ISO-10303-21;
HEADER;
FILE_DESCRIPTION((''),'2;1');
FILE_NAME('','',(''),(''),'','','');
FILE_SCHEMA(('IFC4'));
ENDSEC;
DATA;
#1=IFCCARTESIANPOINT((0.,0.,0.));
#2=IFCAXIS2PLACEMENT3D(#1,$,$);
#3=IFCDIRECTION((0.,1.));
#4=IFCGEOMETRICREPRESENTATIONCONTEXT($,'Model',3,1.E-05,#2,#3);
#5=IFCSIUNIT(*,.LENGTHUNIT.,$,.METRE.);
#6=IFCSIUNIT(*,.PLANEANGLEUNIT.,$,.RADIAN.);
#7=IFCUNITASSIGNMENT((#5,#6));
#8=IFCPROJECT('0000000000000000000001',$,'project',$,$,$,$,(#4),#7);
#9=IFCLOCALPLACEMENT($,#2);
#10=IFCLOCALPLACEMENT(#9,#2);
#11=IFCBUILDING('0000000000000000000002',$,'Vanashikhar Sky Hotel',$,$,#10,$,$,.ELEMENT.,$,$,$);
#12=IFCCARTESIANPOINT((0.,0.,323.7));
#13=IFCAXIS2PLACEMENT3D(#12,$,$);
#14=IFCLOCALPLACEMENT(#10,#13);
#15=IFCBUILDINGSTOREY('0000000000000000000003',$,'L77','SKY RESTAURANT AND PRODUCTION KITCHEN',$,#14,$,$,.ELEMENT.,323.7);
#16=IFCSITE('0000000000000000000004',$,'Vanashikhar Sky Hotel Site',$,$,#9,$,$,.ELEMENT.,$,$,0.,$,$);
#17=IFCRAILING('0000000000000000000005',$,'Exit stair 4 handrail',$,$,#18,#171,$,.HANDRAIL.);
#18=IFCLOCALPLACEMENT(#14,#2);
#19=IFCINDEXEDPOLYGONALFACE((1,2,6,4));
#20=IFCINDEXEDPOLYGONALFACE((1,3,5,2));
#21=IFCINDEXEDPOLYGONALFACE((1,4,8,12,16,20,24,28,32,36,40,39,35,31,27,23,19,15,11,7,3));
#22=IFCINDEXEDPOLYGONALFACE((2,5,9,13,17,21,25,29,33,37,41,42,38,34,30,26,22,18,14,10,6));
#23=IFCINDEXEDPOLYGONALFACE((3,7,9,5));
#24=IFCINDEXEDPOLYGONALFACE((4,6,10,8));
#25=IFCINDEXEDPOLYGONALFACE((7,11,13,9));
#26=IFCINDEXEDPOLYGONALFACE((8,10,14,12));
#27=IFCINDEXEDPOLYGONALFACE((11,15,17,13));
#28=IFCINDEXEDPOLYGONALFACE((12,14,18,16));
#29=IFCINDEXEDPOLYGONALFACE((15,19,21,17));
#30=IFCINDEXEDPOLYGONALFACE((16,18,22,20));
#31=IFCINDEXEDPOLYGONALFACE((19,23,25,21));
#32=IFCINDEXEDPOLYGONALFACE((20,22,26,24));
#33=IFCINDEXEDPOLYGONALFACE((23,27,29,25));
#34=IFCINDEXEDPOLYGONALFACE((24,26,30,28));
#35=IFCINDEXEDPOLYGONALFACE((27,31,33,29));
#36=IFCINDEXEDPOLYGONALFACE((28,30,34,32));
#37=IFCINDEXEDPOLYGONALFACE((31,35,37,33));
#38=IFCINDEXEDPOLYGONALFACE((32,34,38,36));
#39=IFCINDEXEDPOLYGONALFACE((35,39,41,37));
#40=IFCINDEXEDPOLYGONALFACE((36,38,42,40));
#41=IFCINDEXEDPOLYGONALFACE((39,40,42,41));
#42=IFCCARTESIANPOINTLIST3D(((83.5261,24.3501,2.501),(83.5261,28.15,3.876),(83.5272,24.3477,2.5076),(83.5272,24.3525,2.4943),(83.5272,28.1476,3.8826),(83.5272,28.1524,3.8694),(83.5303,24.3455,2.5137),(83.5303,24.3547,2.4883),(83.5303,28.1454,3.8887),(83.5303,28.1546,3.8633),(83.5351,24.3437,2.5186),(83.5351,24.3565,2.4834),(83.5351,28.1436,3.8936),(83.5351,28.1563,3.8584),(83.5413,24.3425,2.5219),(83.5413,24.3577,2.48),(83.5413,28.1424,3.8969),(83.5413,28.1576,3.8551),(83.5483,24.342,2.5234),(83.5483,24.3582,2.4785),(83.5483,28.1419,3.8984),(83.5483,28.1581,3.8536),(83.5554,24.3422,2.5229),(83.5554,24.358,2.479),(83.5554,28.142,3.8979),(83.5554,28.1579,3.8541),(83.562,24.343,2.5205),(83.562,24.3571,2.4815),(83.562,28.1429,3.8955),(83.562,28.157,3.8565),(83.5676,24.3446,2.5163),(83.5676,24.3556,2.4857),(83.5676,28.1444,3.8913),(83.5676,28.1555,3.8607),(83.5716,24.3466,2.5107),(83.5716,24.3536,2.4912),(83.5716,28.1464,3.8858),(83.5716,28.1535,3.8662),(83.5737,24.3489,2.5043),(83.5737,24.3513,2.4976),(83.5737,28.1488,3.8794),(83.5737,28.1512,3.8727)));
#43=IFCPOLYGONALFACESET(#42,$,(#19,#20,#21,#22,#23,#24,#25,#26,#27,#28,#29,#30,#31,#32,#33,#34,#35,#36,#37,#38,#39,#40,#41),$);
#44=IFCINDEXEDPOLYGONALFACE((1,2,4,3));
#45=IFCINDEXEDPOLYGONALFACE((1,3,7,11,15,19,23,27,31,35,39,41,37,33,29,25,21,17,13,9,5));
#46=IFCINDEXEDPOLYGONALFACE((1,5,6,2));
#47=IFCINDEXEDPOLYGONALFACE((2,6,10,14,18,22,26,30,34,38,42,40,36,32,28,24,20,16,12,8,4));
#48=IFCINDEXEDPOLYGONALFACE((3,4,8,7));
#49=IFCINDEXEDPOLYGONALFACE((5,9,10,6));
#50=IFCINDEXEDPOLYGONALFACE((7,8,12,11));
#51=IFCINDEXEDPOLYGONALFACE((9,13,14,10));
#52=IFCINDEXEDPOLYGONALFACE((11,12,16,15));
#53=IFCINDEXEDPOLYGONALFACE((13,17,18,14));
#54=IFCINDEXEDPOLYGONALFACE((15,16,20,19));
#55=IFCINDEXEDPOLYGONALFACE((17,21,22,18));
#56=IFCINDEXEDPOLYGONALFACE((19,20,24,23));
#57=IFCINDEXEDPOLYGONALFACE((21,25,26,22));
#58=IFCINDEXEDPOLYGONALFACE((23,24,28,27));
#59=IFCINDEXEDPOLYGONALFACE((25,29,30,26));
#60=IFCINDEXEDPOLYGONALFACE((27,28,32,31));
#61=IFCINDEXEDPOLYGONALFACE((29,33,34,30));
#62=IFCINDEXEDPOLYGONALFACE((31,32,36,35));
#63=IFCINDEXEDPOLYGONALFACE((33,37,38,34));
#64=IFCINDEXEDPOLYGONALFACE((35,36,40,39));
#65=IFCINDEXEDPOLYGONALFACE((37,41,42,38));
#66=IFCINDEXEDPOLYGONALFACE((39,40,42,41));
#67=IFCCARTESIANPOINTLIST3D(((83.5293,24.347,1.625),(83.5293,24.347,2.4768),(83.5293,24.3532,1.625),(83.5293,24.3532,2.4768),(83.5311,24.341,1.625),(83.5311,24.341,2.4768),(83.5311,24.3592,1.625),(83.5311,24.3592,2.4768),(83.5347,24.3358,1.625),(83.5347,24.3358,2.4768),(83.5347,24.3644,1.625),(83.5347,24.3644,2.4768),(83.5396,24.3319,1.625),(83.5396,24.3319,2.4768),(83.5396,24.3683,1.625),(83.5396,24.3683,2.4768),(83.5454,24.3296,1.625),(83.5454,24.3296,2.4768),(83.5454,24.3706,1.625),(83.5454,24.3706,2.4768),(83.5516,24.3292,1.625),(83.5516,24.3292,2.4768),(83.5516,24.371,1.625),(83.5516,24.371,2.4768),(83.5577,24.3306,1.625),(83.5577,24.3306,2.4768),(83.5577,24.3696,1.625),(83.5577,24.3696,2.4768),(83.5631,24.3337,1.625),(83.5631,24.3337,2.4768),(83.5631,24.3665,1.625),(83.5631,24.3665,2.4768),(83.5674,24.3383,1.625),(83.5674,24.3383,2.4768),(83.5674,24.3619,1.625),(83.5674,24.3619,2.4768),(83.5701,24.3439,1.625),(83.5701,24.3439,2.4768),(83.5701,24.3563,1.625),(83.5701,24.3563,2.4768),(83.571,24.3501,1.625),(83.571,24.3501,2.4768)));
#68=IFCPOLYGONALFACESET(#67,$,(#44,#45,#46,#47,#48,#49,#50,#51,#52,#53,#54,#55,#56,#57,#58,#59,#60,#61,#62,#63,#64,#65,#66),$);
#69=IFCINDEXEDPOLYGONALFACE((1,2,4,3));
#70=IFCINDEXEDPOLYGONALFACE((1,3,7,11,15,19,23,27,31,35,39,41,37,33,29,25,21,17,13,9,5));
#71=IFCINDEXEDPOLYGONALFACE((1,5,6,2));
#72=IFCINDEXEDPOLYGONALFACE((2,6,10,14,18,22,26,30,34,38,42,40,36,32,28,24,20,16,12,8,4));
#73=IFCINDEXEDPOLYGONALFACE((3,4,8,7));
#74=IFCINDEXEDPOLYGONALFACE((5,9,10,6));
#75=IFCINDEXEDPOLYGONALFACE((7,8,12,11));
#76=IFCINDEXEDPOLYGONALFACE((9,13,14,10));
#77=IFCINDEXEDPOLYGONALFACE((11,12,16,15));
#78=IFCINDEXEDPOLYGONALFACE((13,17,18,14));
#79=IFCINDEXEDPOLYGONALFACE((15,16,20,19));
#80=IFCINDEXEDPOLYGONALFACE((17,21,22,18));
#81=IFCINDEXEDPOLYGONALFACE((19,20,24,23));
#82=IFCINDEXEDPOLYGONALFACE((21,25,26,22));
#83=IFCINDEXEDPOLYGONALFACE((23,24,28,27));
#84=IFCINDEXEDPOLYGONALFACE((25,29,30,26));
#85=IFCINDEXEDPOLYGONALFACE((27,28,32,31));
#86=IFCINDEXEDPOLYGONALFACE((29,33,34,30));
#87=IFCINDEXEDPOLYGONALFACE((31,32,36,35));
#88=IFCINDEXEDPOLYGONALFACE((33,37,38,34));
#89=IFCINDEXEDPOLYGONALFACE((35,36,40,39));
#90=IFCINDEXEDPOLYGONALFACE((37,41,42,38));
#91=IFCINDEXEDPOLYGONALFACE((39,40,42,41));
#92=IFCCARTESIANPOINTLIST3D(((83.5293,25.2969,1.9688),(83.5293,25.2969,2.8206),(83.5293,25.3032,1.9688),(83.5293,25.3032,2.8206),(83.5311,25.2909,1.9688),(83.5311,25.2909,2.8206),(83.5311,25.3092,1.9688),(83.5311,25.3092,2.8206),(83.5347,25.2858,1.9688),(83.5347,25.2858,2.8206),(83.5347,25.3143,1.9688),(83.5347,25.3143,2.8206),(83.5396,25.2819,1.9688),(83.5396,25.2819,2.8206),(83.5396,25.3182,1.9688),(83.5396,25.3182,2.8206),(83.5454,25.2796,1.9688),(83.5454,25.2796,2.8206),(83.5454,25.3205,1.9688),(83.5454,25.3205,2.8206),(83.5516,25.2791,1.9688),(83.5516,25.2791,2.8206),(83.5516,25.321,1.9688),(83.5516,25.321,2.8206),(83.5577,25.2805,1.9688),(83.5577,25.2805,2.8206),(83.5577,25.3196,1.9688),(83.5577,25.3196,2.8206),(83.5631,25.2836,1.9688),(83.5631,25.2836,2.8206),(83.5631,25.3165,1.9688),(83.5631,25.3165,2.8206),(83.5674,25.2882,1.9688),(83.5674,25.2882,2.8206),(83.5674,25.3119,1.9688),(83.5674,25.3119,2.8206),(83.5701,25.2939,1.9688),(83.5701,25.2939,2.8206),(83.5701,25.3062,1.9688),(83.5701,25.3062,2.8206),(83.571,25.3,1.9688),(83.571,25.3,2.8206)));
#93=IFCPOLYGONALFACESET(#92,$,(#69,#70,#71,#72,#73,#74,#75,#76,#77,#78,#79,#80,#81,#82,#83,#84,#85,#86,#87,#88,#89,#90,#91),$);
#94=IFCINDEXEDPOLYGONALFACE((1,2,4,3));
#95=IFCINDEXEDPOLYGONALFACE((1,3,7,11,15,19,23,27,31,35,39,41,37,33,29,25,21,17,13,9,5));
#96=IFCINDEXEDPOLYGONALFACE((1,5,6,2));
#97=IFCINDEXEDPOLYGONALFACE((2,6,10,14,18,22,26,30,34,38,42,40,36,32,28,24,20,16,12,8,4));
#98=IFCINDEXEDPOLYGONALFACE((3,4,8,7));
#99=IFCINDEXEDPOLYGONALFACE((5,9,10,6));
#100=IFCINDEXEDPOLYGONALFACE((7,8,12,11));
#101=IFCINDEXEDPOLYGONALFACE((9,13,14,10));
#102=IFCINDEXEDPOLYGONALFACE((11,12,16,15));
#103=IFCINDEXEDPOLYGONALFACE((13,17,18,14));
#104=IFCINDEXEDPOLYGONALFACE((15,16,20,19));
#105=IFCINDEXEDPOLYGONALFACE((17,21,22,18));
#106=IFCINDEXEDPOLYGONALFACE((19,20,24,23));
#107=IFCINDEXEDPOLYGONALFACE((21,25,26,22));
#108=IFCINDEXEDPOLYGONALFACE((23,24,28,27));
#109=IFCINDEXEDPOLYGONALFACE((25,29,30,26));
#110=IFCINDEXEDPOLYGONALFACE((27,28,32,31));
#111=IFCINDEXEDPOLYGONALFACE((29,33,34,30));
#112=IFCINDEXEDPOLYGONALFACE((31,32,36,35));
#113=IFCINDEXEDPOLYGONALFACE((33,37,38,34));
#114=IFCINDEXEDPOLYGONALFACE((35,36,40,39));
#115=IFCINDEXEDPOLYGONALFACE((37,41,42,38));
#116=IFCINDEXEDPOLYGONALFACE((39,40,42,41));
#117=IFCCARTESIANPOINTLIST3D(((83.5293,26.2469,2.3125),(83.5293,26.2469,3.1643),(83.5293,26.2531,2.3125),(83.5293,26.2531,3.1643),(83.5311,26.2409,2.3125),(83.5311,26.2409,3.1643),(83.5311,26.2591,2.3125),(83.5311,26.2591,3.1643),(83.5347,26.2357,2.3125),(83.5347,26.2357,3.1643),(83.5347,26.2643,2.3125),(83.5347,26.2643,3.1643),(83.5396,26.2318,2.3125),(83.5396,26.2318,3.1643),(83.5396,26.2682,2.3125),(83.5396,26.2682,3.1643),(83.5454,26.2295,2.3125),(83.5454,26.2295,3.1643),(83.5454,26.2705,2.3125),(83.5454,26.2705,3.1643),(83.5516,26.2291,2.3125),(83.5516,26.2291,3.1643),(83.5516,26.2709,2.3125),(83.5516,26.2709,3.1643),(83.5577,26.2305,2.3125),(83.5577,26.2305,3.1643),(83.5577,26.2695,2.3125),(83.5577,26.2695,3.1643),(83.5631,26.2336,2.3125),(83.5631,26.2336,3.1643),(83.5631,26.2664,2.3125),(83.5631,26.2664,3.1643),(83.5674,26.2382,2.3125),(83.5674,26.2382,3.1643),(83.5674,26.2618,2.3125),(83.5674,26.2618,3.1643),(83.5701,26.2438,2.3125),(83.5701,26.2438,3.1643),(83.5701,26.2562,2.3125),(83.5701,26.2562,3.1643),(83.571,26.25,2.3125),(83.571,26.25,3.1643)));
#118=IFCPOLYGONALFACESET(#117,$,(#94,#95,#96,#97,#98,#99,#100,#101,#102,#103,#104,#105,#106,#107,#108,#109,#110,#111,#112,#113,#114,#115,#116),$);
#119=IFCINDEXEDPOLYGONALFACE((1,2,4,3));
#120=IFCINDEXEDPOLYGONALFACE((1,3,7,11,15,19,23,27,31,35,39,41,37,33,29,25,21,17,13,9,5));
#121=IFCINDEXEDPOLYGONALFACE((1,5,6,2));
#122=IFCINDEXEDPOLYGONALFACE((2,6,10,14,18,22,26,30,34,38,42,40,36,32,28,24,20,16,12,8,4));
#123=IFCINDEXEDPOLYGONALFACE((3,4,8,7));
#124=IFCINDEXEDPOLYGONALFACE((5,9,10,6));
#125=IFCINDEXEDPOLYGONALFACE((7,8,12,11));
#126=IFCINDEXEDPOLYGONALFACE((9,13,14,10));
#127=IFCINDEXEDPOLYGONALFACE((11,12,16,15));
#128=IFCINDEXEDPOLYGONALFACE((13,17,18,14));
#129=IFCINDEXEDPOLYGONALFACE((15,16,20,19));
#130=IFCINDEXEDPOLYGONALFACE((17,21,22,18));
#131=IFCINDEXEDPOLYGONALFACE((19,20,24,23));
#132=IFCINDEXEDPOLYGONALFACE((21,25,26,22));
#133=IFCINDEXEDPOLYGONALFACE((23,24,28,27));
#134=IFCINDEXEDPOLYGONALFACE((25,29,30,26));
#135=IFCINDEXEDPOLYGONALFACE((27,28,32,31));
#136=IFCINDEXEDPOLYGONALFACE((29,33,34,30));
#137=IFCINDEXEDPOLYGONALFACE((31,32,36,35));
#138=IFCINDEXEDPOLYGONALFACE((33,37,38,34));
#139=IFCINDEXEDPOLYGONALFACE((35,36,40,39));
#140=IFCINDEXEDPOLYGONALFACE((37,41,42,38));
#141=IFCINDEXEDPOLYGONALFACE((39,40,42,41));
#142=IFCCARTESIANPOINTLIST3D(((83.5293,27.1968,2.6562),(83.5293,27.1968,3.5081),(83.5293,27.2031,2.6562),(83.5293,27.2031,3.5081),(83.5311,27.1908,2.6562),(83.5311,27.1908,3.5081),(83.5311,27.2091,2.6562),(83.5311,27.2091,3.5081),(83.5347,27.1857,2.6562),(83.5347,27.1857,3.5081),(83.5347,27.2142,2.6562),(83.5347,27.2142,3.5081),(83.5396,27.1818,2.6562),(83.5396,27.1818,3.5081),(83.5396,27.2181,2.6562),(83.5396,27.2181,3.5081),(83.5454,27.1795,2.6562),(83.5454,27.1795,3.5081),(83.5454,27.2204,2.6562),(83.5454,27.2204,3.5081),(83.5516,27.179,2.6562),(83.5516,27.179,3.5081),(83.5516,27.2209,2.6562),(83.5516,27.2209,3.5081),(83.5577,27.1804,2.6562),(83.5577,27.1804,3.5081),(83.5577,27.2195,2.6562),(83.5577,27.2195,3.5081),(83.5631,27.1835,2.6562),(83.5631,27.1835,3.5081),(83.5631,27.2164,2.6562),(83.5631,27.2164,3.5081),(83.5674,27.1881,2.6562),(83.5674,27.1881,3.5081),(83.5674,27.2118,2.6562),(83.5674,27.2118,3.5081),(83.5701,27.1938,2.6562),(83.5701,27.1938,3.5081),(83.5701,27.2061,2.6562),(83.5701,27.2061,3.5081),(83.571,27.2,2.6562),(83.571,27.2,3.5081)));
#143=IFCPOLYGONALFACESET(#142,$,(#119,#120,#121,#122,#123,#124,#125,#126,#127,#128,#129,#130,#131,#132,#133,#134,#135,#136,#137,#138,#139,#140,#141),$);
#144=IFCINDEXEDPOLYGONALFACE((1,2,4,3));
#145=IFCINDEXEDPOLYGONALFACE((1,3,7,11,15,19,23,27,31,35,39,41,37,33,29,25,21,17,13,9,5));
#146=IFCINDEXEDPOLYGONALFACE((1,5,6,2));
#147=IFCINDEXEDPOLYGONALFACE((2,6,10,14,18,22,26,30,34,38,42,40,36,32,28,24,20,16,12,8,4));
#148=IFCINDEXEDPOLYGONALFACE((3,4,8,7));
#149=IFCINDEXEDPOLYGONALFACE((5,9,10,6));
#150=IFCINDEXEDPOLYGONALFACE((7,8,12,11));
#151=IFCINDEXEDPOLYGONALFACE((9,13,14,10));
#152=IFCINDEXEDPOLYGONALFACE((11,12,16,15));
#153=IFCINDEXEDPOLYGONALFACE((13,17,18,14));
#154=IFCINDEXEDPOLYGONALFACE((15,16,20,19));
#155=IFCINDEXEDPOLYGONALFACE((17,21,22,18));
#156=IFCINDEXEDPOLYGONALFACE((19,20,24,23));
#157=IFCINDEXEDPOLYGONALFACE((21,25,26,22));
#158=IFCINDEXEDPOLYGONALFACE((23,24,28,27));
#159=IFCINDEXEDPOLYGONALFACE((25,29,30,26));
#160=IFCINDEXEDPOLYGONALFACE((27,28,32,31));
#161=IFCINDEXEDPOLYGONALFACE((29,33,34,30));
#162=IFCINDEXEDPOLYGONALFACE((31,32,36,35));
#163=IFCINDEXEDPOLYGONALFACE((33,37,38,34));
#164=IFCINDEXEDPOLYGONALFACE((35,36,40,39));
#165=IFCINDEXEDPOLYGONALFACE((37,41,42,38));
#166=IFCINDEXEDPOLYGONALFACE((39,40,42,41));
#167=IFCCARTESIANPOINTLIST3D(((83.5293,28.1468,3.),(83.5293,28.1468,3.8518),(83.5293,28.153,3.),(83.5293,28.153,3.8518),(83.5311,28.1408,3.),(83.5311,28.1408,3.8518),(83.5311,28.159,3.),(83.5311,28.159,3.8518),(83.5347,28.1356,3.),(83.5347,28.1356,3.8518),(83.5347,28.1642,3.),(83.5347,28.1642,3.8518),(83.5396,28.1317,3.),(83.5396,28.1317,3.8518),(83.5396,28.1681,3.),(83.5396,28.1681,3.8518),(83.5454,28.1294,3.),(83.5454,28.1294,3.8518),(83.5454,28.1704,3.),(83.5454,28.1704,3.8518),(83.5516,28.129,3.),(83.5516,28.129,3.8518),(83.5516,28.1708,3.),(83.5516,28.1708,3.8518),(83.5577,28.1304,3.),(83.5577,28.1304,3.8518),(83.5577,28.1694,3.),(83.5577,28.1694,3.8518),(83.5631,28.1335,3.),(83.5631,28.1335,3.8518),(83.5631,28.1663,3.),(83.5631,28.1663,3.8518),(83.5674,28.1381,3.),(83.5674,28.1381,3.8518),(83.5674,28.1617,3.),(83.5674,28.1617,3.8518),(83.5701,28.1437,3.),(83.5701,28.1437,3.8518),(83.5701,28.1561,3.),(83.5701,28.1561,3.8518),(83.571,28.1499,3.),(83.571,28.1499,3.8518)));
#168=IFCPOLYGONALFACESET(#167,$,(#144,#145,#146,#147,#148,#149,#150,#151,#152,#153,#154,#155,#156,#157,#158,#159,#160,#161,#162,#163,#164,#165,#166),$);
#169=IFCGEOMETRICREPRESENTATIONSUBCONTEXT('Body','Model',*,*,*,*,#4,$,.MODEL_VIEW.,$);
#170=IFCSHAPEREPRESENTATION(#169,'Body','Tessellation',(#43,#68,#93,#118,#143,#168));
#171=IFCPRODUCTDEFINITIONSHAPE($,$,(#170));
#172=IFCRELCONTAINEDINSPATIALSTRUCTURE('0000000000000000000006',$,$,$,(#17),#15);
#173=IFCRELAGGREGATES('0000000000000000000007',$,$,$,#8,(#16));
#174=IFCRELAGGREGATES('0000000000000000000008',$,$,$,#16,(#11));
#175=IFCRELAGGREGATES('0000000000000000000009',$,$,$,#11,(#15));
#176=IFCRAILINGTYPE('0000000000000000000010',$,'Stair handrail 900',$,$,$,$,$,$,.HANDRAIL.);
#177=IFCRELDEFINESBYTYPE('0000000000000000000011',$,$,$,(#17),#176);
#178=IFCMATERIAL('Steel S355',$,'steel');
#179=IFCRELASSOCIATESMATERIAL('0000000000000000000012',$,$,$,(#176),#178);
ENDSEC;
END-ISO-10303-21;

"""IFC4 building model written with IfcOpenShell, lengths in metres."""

from ifc_helpers import new_model, si_unit, direction, frame, origin, origin_2d, place, context, subcontext, project, spatial, circle, extrude, source, transform, mapped, material, type_object, element, save


model = new_model("IFC4")

# Units and contexts
model_context = context("Model", 3, precision=1e-05, world=origin(), true_north=direction((0.0, 1.0)))
body_context = subcontext(model_context, "Body", "Model", "MODEL_VIEW")
ifc_project = project(units=[si_unit("LENGTHUNIT", "METRE"), si_unit("PLANEANGLEUNIT", "RADIAN")], contexts=[model_context])

# Site, building, storey
site_placement = place(None, origin())
site = spatial("IfcSite", under=ifc_project, at=site_placement, Name="Vanashikhar Sky Hotel Site", CompositionType="ELEMENT", RefElevation=0.0)
building_placement = place(site_placement, origin())
building = spatial("IfcBuilding", under=site, at=building_placement, Name="Vanashikhar Sky Hotel", CompositionType="ELEMENT")
storey_placement = place(building_placement, frame((0.0, 0.0, 323.7)))
storey = spatial("IfcBuildingStorey", under=building, at=storey_placement, Name="L77", Description="SKY RESTAURANT AND PRODUCTION KITCHEN", CompositionType="ELEMENT", Elevation=323.7)

# Railing
ifc_material_1 = material(Name="Steel S355", Category="steel")
railing_type_1 = type_object("IfcRailingType", Name="Stair handrail 900", PredefinedType="HANDRAIL", material=ifc_material_1)
shared_shape_1 = source(origin(), body_context, "Body", "SweptSolid", [
    extrude(circle(Radius=0.0239, at=origin_2d()), frame((0.0, 0.0, 0.876), z_axis=(0.0, 0.940329, 0.340268), x_axis=(-1.0, 0.0, 0.0)), (0.0, 0.0, 1.0), 4.041),
    extrude(circle(Radius=0.021, at=origin_2d()), origin(), (0.0, 0.0, 1.0), 0.8518),
    extrude(circle(Radius=0.021, at=origin_2d()), frame((0.0, 0.95, 0.3438)), (0.0, 0.0, 1.0), 0.8518),
    extrude(circle(Radius=0.021, at=origin_2d()), frame((0.0, 1.8999, 0.6875)), (0.0, 0.0, 1.0), 0.8518),
    extrude(circle(Radius=0.021, at=origin_2d()), frame((0.0, 2.8499, 1.0312)), (0.0, 0.0, 1.0), 0.8518),
    extrude(circle(Radius=0.021, at=origin_2d()), frame((0.0, 3.7998, 1.375)), (0.0, 0.0, 1.0), 0.8518),
])
for number, where, name in (
    (1, (83.55, 24.3501, 1.625), "Exit stair 4 handrail"),
):
    element("IfcRailing", number, at=place(storey_placement, frame(where)), inside=storey, type_object=railing_type_1, Name=name, PredefinedType="HANDRAIL", context=body_context, shape_type="MappedRepresentation", body=[
        mapped(shared_shape_1, transform((0.0, 0.0, 0.0), scale=1.0)),
    ])

save(model, "model.ifc")
